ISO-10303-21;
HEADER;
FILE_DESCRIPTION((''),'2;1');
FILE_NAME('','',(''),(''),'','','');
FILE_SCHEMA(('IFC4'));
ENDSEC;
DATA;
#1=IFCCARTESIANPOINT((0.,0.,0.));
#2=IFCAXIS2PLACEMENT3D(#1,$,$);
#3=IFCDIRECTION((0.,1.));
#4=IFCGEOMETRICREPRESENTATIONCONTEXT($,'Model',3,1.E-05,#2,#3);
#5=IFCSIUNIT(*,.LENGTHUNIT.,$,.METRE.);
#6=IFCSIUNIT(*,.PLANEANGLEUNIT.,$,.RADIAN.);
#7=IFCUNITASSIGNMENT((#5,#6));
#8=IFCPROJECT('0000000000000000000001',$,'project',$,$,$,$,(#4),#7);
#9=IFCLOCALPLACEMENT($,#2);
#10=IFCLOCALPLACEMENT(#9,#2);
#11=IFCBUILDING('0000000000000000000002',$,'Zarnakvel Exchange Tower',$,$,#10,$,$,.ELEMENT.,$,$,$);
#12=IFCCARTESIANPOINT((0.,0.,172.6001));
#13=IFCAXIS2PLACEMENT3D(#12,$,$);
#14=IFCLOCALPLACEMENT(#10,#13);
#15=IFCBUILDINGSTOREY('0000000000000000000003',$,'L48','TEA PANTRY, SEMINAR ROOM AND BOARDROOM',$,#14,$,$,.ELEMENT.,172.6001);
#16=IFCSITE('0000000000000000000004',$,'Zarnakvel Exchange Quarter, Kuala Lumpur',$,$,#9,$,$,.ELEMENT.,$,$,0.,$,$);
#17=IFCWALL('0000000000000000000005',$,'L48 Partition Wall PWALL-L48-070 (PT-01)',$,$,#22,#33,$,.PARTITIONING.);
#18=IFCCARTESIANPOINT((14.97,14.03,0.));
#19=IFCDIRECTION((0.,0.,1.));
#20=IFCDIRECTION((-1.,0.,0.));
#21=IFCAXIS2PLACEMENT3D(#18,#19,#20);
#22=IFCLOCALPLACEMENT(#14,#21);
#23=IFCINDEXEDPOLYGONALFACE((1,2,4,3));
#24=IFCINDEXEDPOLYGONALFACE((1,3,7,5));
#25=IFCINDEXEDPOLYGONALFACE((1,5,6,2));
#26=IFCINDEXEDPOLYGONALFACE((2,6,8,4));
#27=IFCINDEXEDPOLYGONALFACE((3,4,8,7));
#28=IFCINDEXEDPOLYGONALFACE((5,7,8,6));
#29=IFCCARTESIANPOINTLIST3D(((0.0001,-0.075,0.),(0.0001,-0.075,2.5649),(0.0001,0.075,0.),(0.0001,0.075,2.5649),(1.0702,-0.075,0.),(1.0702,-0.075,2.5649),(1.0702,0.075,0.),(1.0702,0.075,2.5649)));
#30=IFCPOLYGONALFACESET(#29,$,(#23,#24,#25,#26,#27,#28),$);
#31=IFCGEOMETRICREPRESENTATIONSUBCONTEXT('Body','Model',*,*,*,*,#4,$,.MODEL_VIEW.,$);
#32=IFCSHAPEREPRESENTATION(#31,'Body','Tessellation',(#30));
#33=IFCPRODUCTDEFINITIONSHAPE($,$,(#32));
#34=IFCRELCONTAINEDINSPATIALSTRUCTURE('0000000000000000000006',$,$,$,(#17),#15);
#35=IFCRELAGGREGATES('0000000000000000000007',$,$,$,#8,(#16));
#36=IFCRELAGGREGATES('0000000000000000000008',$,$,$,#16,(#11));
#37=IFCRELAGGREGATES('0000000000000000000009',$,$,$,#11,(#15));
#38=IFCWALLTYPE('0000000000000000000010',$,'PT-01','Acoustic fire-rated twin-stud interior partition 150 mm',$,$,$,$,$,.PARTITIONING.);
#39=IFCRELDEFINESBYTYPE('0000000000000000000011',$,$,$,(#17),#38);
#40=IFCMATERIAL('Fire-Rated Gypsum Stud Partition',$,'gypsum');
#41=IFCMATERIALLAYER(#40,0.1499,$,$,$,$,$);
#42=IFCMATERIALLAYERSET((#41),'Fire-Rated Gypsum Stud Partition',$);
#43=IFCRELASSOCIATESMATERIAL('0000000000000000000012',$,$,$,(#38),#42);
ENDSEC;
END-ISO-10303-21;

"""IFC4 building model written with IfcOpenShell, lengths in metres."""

from ifc_helpers import new_model, si_unit, direction, frame, frame_2d, origin, place, context, subcontext, project, spatial, rectangle, extrude, material, layer, layer_set, type_object, element, save


model = new_model("IFC4")

# Units and contexts
model_context = context("Model", 3, precision=1e-05, world=origin(), true_north=direction((0.0, 1.0)))
body_context = subcontext(model_context, "Body", "Model", "MODEL_VIEW")
ifc_project = project(units=[si_unit("LENGTHUNIT", "METRE"), si_unit("PLANEANGLEUNIT", "RADIAN")], contexts=[model_context])

# Site, building, storey
site_placement = place(None, origin())
site = spatial("IfcSite", under=ifc_project, at=site_placement, Name="Zarnakvel Exchange Quarter, Kuala Lumpur", CompositionType="ELEMENT", RefElevation=0.0)
building_placement = place(site_placement, origin())
building = spatial("IfcBuilding", under=site, at=building_placement, Name="Zarnakvel Exchange Tower", CompositionType="ELEMENT")
storey_placement = place(building_placement, frame((0.0, 0.0, 172.6001)))
storey = spatial("IfcBuildingStorey", under=building, at=storey_placement, Name="L48", Description="TEA PANTRY, SEMINAR ROOM AND BOARDROOM", CompositionType="ELEMENT", Elevation=172.6001)

# Wall
ifc_material_1 = material(Name="Fire-Rated Gypsum Stud Partition", Category="gypsum")
ifc_layer_1 = layer(ifc_material_1, 0.1499)
ifc_layer_set_1 = layer_set([ifc_layer_1], Name="Fire-Rated Gypsum Stud Partition")
wall_type_1 = type_object("IfcWallType", Name="PT-01", Description="Acoustic fire-rated twin-stud interior partition 150 mm", PredefinedType="PARTITIONING", material=ifc_layer_set_1)
wall_1_placement = place(storey_placement, frame((14.97, 14.03, 0.0), z_axis=(0.0, 0.0, 1.0), x_axis=(-1.0, 0.0, 0.0)))
element("IfcWall", 1, at=wall_1_placement, inside=storey, type_object=wall_type_1, Name="L48 Partition Wall PWALL-L48-070 (PT-01)", PredefinedType="PARTITIONING", context=body_context, shape_type="SweptSolid", body=[
    extrude(rectangle(XDim=1.0701, YDim=0.1499, at=frame_2d((0.5352, 0.0))), origin(), (0.0, 0.0, 1.0), 2.5649),
])

save(model, "model.ifc")
